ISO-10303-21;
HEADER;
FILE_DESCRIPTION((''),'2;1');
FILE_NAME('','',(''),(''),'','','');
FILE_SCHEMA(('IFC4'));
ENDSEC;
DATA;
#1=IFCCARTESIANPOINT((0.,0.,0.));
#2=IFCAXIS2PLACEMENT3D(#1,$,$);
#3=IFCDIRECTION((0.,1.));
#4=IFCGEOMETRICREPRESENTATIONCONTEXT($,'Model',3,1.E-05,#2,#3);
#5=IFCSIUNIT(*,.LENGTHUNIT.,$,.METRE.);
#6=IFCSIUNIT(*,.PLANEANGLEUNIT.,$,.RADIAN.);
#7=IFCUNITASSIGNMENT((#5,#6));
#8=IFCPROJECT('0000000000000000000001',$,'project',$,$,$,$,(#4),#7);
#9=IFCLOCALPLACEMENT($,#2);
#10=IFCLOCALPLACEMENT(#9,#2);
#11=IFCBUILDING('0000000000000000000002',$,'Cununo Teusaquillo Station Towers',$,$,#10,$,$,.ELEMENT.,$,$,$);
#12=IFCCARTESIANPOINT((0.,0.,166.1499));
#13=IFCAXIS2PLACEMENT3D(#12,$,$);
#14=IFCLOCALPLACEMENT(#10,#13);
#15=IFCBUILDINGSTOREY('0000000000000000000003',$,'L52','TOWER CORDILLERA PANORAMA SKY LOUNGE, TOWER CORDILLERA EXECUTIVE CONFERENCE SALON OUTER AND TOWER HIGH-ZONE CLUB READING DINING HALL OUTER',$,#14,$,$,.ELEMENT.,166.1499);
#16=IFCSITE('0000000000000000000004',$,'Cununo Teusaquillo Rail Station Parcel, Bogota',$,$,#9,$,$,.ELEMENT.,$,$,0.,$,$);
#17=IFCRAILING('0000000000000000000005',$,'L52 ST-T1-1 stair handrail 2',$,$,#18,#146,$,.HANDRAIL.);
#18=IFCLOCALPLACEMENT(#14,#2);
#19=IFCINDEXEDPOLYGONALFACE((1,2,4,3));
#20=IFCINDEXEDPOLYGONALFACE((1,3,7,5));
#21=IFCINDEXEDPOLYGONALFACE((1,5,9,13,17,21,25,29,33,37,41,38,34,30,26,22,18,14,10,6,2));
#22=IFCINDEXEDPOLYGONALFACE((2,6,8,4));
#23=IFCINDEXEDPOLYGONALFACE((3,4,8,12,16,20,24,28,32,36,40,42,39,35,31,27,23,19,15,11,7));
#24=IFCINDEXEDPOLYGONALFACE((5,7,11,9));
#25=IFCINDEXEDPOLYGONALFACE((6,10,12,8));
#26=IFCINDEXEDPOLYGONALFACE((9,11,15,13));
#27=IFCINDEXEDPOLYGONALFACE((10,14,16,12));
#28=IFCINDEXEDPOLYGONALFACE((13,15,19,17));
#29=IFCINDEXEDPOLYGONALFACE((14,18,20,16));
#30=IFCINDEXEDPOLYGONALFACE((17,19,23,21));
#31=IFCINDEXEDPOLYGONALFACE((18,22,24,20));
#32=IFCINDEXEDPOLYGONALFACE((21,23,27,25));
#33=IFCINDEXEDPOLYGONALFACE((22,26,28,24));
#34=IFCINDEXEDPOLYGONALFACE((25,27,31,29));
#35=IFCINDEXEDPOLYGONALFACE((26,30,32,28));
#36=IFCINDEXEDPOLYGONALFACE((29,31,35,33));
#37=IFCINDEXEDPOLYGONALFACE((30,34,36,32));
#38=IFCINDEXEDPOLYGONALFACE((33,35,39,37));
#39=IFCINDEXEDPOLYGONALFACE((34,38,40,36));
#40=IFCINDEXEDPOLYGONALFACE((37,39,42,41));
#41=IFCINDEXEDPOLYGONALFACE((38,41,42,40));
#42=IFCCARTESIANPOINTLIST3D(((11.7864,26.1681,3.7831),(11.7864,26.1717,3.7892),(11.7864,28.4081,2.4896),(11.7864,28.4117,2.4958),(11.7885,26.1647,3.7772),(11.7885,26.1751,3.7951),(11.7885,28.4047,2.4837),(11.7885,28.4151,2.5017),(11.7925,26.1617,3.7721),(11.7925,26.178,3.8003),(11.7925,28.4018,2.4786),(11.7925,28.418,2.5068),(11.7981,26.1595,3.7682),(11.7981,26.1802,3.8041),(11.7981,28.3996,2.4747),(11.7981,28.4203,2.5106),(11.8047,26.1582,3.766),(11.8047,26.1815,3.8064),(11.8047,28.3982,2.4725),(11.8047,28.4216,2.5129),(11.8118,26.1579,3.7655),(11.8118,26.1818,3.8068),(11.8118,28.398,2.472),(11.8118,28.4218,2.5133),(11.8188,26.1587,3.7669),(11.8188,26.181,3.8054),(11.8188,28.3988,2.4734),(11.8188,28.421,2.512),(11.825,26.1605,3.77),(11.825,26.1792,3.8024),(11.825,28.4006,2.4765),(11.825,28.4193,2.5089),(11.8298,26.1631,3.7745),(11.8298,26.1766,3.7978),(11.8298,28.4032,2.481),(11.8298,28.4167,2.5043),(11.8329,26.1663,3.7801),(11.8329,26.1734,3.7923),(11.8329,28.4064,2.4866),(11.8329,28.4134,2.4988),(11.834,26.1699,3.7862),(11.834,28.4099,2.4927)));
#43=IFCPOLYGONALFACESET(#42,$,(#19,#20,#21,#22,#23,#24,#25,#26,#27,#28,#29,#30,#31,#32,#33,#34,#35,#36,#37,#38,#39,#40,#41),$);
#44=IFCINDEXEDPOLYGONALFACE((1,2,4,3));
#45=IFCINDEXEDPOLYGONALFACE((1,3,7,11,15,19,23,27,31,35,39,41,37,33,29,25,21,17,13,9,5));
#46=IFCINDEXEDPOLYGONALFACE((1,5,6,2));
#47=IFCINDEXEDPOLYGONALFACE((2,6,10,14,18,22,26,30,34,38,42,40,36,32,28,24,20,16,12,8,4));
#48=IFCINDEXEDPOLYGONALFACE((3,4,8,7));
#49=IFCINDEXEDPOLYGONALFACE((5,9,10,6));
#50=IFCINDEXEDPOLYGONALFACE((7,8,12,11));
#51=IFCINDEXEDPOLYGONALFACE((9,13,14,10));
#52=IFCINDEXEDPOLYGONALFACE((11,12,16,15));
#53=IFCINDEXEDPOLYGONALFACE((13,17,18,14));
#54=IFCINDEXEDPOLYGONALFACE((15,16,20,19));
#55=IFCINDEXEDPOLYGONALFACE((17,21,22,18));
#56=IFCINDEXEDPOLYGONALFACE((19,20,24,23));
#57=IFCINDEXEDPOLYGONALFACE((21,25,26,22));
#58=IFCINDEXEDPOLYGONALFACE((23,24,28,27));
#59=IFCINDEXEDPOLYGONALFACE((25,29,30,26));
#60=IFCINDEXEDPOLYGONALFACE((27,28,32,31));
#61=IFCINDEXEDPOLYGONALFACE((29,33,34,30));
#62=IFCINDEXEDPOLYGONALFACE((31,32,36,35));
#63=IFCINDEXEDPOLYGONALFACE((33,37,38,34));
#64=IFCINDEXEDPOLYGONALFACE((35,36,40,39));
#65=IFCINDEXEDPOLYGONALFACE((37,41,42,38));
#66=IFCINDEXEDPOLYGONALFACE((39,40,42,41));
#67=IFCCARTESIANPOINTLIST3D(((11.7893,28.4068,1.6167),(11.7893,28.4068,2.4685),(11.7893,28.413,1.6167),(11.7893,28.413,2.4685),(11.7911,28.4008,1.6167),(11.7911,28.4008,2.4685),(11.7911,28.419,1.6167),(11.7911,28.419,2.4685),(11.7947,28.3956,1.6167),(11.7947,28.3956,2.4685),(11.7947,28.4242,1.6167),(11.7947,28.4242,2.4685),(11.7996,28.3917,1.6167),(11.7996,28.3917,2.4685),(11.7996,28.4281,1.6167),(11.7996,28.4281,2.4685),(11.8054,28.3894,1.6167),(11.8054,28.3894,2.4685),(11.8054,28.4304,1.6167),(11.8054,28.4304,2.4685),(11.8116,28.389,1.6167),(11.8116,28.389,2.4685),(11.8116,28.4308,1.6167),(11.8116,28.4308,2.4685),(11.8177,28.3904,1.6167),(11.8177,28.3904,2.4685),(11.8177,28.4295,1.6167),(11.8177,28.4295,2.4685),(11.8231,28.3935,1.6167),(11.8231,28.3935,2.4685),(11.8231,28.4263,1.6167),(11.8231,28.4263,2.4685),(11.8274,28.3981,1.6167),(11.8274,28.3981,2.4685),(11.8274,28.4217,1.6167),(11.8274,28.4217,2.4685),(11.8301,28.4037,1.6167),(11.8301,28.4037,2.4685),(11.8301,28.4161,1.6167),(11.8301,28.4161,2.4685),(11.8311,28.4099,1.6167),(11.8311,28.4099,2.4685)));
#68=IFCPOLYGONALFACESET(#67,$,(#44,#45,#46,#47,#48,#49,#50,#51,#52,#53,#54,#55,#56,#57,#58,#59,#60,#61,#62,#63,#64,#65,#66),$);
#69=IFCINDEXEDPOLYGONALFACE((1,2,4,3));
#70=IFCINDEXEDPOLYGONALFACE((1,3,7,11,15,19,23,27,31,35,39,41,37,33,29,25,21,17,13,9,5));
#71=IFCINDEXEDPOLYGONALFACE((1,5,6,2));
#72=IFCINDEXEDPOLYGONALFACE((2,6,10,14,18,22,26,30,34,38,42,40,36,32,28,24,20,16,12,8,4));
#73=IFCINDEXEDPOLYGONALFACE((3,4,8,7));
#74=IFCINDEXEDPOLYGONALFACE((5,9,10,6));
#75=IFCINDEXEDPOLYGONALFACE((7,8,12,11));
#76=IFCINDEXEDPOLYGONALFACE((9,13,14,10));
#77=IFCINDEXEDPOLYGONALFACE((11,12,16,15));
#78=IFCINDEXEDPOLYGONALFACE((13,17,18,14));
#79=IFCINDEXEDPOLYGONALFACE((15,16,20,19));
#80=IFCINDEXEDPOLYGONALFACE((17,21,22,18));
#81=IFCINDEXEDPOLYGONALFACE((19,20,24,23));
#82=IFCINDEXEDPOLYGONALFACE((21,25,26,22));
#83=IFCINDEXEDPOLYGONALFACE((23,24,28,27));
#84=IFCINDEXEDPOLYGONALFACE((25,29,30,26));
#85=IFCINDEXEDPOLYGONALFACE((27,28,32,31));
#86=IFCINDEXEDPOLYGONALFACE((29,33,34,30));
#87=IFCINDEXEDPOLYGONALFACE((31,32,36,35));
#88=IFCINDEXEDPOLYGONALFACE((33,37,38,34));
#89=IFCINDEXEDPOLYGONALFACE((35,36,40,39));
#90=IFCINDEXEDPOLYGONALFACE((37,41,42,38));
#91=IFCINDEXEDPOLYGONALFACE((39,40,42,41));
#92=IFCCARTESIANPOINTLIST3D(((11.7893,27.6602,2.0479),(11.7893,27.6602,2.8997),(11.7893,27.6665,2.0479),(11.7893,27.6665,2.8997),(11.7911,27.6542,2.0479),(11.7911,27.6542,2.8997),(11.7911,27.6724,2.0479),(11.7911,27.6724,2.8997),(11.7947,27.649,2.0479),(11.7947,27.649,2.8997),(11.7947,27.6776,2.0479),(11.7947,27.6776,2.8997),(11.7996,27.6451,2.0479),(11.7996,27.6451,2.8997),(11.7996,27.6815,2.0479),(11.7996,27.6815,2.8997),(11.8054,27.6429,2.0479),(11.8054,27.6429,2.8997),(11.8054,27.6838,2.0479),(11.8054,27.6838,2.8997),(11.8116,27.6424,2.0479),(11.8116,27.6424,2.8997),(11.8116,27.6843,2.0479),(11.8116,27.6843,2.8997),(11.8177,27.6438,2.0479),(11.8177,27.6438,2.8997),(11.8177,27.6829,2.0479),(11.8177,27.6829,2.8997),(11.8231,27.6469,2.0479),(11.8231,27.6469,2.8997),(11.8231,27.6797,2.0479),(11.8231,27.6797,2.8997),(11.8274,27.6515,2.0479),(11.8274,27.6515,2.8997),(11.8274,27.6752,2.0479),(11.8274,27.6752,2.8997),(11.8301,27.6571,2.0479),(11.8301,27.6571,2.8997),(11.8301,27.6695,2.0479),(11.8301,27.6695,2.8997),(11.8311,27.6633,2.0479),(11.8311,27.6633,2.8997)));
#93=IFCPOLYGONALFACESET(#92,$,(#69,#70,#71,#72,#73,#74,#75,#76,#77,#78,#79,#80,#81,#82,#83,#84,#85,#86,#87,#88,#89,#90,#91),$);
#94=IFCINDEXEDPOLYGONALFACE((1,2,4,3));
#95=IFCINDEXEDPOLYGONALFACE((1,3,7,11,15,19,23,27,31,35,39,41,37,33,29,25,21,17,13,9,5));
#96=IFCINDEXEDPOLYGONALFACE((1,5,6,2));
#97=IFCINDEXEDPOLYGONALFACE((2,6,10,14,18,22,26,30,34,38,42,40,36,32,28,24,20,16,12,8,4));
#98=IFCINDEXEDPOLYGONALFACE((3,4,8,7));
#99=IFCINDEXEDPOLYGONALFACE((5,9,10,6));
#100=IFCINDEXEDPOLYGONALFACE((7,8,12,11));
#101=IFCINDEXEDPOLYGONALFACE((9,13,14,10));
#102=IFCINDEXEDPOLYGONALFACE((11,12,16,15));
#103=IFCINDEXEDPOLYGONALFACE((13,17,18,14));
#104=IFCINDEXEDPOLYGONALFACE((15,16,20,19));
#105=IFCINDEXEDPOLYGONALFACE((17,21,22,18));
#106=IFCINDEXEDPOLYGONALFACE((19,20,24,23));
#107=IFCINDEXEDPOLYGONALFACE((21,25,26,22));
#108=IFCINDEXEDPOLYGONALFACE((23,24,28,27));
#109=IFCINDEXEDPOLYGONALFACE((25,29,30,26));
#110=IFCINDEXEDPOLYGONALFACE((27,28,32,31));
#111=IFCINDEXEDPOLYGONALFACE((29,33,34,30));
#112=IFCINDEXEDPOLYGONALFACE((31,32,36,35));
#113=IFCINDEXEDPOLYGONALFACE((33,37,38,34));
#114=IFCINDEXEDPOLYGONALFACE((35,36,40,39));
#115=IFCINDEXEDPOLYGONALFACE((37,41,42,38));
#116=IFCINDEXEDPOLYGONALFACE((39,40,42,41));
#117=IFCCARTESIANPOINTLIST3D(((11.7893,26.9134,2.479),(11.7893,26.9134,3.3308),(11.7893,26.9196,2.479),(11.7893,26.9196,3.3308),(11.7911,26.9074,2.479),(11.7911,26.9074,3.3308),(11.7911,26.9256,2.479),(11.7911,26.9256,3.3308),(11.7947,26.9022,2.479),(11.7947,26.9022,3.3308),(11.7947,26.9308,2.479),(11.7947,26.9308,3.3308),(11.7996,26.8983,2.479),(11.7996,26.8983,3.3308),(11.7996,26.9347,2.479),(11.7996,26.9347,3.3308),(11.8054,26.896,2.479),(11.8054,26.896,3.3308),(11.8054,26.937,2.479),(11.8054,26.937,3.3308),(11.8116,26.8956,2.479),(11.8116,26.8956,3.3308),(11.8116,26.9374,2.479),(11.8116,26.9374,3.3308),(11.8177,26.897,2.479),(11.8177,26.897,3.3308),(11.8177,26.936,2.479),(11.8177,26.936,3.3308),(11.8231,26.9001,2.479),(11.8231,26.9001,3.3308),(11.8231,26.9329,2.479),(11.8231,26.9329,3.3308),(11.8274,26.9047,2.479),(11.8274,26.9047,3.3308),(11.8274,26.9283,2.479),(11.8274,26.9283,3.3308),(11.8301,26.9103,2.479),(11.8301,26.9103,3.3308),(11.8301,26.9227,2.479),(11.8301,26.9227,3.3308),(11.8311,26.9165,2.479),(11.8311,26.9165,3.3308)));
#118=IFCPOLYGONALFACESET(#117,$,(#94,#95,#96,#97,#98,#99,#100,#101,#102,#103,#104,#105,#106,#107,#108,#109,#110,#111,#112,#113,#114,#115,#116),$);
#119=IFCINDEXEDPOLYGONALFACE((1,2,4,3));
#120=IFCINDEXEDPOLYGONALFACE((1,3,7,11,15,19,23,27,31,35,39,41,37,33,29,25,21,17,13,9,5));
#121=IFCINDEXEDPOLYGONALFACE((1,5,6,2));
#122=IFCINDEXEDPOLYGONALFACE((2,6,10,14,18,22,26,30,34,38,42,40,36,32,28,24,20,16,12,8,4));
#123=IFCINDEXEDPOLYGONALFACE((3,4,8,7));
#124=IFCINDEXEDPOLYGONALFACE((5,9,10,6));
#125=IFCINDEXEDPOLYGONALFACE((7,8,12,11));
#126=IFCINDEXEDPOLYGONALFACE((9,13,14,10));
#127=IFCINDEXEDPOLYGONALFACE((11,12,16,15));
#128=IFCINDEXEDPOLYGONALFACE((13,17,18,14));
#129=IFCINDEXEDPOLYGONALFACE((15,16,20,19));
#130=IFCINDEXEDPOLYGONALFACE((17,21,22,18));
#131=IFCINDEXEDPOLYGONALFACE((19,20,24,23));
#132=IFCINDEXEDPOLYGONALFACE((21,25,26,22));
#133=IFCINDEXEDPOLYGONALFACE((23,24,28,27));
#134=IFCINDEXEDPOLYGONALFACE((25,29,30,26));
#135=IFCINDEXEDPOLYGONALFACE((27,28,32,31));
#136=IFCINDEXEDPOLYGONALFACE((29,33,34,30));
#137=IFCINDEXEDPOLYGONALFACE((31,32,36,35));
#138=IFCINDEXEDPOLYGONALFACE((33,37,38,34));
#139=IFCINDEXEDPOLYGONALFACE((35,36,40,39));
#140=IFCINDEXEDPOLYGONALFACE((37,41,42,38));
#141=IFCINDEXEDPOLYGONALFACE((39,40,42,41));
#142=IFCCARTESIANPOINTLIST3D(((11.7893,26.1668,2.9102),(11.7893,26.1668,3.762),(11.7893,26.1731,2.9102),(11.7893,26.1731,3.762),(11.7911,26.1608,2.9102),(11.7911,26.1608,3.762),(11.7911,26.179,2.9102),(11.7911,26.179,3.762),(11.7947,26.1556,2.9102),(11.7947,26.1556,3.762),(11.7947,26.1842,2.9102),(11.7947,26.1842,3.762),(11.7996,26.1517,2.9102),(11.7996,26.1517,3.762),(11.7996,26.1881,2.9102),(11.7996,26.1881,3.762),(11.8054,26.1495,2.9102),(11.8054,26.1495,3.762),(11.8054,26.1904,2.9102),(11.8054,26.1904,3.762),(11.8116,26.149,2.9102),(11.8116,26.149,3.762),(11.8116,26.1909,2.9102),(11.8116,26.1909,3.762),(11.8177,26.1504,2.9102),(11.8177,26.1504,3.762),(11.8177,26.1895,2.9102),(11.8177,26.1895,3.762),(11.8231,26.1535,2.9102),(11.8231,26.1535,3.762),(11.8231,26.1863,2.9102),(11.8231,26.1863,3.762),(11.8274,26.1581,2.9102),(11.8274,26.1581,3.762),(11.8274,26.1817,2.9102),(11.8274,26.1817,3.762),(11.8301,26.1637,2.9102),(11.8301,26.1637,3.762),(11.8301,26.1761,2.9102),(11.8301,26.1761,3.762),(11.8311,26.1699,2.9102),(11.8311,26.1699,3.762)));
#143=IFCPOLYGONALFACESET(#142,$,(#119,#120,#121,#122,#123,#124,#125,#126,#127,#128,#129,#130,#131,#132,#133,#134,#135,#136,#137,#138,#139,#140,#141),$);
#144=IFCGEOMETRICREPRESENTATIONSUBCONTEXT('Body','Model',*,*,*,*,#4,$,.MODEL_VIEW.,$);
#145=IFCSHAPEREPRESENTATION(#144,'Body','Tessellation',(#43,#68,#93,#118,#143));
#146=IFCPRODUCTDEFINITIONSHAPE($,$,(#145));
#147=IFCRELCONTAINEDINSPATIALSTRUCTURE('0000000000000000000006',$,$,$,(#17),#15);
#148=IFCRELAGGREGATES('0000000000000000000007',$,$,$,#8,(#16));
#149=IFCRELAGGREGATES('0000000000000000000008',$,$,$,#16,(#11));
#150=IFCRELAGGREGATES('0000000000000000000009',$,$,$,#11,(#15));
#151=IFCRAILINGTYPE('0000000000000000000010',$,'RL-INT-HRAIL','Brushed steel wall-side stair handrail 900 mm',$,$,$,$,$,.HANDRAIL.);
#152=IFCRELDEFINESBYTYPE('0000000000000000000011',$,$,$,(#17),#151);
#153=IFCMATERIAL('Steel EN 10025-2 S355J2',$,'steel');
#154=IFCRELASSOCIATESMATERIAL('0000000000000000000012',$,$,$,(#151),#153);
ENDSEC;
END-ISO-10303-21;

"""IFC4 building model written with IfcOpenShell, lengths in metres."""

from ifc_helpers import new_model, si_unit, direction, frame, origin, origin_2d, place, context, subcontext, project, spatial, circle, extrude, material, type_object, element, save


model = new_model("IFC4")

# Units and contexts
model_context = context("Model", 3, precision=1e-05, world=origin(), true_north=direction((0.0, 1.0)))
body_context = subcontext(model_context, "Body", "Model", "MODEL_VIEW")
ifc_project = project(units=[si_unit("LENGTHUNIT", "METRE"), si_unit("PLANEANGLEUNIT", "RADIAN")], contexts=[model_context])

# Site, building, storey
site_placement = place(None, origin())
site = spatial("IfcSite", under=ifc_project, at=site_placement, Name="Cununo Teusaquillo Rail Station Parcel, Bogota", CompositionType="ELEMENT", RefElevation=0.0)
building_placement = place(site_placement, origin())
building = spatial("IfcBuilding", under=site, at=building_placement, Name="Cununo Teusaquillo Station Towers", CompositionType="ELEMENT")
storey_placement = place(building_placement, frame((0.0, 0.0, 166.1499)))
storey = spatial("IfcBuildingStorey", under=building, at=storey_placement, Name="L52", Description="TOWER CORDILLERA PANORAMA SKY LOUNGE, TOWER CORDILLERA EXECUTIVE CONFERENCE SALON OUTER AND TOWER HIGH-ZONE CLUB READING DINING HALL OUTER", CompositionType="ELEMENT", Elevation=166.1499)

# Railing
ifc_material_1 = material(Name="Steel EN 10025-2 S355J2", Category="steel")
railing_type_1 = type_object("IfcRailingType", Name="RL-INT-HRAIL", Description="Brushed steel wall-side stair handrail 900 mm", PredefinedType="HANDRAIL", material=ifc_material_1)
railing_1_placement = place(storey_placement, frame((11.8101, 28.4099, 1.6167)))
element("IfcRailing", 1, at=railing_1_placement, inside=storey, type_object=railing_type_1, Name="L52 ST-T1-1 stair handrail 2", PredefinedType="HANDRAIL", context=body_context, shape_type="SweptSolid", body=[
    extrude(circle(Radius=0.0239, at=origin_2d()), frame((0.0, 0.0, 0.876), z_axis=(0.0, -0.865992, 0.500057), x_axis=(1.0, 0.0, 0.0)), (0.0, 0.0, 1.0), 2.5867),
    extrude(circle(Radius=0.021, at=origin_2d()), origin(), (0.0, 0.0, 1.0), 0.8518),
    extrude(circle(Radius=0.021, at=origin_2d()), frame((0.0, -0.7466, 0.4312)), (0.0, 0.0, 1.0), 0.8518),
    extrude(circle(Radius=0.021, at=origin_2d()), frame((0.0, -1.4934, 0.8623)), (0.0, 0.0, 1.0), 0.8518),
    extrude(circle(Radius=0.021, at=origin_2d()), frame((0.0, -2.24, 1.2935)), (0.0, 0.0, 1.0), 0.8518),
])

save(model, "model.ifc")
